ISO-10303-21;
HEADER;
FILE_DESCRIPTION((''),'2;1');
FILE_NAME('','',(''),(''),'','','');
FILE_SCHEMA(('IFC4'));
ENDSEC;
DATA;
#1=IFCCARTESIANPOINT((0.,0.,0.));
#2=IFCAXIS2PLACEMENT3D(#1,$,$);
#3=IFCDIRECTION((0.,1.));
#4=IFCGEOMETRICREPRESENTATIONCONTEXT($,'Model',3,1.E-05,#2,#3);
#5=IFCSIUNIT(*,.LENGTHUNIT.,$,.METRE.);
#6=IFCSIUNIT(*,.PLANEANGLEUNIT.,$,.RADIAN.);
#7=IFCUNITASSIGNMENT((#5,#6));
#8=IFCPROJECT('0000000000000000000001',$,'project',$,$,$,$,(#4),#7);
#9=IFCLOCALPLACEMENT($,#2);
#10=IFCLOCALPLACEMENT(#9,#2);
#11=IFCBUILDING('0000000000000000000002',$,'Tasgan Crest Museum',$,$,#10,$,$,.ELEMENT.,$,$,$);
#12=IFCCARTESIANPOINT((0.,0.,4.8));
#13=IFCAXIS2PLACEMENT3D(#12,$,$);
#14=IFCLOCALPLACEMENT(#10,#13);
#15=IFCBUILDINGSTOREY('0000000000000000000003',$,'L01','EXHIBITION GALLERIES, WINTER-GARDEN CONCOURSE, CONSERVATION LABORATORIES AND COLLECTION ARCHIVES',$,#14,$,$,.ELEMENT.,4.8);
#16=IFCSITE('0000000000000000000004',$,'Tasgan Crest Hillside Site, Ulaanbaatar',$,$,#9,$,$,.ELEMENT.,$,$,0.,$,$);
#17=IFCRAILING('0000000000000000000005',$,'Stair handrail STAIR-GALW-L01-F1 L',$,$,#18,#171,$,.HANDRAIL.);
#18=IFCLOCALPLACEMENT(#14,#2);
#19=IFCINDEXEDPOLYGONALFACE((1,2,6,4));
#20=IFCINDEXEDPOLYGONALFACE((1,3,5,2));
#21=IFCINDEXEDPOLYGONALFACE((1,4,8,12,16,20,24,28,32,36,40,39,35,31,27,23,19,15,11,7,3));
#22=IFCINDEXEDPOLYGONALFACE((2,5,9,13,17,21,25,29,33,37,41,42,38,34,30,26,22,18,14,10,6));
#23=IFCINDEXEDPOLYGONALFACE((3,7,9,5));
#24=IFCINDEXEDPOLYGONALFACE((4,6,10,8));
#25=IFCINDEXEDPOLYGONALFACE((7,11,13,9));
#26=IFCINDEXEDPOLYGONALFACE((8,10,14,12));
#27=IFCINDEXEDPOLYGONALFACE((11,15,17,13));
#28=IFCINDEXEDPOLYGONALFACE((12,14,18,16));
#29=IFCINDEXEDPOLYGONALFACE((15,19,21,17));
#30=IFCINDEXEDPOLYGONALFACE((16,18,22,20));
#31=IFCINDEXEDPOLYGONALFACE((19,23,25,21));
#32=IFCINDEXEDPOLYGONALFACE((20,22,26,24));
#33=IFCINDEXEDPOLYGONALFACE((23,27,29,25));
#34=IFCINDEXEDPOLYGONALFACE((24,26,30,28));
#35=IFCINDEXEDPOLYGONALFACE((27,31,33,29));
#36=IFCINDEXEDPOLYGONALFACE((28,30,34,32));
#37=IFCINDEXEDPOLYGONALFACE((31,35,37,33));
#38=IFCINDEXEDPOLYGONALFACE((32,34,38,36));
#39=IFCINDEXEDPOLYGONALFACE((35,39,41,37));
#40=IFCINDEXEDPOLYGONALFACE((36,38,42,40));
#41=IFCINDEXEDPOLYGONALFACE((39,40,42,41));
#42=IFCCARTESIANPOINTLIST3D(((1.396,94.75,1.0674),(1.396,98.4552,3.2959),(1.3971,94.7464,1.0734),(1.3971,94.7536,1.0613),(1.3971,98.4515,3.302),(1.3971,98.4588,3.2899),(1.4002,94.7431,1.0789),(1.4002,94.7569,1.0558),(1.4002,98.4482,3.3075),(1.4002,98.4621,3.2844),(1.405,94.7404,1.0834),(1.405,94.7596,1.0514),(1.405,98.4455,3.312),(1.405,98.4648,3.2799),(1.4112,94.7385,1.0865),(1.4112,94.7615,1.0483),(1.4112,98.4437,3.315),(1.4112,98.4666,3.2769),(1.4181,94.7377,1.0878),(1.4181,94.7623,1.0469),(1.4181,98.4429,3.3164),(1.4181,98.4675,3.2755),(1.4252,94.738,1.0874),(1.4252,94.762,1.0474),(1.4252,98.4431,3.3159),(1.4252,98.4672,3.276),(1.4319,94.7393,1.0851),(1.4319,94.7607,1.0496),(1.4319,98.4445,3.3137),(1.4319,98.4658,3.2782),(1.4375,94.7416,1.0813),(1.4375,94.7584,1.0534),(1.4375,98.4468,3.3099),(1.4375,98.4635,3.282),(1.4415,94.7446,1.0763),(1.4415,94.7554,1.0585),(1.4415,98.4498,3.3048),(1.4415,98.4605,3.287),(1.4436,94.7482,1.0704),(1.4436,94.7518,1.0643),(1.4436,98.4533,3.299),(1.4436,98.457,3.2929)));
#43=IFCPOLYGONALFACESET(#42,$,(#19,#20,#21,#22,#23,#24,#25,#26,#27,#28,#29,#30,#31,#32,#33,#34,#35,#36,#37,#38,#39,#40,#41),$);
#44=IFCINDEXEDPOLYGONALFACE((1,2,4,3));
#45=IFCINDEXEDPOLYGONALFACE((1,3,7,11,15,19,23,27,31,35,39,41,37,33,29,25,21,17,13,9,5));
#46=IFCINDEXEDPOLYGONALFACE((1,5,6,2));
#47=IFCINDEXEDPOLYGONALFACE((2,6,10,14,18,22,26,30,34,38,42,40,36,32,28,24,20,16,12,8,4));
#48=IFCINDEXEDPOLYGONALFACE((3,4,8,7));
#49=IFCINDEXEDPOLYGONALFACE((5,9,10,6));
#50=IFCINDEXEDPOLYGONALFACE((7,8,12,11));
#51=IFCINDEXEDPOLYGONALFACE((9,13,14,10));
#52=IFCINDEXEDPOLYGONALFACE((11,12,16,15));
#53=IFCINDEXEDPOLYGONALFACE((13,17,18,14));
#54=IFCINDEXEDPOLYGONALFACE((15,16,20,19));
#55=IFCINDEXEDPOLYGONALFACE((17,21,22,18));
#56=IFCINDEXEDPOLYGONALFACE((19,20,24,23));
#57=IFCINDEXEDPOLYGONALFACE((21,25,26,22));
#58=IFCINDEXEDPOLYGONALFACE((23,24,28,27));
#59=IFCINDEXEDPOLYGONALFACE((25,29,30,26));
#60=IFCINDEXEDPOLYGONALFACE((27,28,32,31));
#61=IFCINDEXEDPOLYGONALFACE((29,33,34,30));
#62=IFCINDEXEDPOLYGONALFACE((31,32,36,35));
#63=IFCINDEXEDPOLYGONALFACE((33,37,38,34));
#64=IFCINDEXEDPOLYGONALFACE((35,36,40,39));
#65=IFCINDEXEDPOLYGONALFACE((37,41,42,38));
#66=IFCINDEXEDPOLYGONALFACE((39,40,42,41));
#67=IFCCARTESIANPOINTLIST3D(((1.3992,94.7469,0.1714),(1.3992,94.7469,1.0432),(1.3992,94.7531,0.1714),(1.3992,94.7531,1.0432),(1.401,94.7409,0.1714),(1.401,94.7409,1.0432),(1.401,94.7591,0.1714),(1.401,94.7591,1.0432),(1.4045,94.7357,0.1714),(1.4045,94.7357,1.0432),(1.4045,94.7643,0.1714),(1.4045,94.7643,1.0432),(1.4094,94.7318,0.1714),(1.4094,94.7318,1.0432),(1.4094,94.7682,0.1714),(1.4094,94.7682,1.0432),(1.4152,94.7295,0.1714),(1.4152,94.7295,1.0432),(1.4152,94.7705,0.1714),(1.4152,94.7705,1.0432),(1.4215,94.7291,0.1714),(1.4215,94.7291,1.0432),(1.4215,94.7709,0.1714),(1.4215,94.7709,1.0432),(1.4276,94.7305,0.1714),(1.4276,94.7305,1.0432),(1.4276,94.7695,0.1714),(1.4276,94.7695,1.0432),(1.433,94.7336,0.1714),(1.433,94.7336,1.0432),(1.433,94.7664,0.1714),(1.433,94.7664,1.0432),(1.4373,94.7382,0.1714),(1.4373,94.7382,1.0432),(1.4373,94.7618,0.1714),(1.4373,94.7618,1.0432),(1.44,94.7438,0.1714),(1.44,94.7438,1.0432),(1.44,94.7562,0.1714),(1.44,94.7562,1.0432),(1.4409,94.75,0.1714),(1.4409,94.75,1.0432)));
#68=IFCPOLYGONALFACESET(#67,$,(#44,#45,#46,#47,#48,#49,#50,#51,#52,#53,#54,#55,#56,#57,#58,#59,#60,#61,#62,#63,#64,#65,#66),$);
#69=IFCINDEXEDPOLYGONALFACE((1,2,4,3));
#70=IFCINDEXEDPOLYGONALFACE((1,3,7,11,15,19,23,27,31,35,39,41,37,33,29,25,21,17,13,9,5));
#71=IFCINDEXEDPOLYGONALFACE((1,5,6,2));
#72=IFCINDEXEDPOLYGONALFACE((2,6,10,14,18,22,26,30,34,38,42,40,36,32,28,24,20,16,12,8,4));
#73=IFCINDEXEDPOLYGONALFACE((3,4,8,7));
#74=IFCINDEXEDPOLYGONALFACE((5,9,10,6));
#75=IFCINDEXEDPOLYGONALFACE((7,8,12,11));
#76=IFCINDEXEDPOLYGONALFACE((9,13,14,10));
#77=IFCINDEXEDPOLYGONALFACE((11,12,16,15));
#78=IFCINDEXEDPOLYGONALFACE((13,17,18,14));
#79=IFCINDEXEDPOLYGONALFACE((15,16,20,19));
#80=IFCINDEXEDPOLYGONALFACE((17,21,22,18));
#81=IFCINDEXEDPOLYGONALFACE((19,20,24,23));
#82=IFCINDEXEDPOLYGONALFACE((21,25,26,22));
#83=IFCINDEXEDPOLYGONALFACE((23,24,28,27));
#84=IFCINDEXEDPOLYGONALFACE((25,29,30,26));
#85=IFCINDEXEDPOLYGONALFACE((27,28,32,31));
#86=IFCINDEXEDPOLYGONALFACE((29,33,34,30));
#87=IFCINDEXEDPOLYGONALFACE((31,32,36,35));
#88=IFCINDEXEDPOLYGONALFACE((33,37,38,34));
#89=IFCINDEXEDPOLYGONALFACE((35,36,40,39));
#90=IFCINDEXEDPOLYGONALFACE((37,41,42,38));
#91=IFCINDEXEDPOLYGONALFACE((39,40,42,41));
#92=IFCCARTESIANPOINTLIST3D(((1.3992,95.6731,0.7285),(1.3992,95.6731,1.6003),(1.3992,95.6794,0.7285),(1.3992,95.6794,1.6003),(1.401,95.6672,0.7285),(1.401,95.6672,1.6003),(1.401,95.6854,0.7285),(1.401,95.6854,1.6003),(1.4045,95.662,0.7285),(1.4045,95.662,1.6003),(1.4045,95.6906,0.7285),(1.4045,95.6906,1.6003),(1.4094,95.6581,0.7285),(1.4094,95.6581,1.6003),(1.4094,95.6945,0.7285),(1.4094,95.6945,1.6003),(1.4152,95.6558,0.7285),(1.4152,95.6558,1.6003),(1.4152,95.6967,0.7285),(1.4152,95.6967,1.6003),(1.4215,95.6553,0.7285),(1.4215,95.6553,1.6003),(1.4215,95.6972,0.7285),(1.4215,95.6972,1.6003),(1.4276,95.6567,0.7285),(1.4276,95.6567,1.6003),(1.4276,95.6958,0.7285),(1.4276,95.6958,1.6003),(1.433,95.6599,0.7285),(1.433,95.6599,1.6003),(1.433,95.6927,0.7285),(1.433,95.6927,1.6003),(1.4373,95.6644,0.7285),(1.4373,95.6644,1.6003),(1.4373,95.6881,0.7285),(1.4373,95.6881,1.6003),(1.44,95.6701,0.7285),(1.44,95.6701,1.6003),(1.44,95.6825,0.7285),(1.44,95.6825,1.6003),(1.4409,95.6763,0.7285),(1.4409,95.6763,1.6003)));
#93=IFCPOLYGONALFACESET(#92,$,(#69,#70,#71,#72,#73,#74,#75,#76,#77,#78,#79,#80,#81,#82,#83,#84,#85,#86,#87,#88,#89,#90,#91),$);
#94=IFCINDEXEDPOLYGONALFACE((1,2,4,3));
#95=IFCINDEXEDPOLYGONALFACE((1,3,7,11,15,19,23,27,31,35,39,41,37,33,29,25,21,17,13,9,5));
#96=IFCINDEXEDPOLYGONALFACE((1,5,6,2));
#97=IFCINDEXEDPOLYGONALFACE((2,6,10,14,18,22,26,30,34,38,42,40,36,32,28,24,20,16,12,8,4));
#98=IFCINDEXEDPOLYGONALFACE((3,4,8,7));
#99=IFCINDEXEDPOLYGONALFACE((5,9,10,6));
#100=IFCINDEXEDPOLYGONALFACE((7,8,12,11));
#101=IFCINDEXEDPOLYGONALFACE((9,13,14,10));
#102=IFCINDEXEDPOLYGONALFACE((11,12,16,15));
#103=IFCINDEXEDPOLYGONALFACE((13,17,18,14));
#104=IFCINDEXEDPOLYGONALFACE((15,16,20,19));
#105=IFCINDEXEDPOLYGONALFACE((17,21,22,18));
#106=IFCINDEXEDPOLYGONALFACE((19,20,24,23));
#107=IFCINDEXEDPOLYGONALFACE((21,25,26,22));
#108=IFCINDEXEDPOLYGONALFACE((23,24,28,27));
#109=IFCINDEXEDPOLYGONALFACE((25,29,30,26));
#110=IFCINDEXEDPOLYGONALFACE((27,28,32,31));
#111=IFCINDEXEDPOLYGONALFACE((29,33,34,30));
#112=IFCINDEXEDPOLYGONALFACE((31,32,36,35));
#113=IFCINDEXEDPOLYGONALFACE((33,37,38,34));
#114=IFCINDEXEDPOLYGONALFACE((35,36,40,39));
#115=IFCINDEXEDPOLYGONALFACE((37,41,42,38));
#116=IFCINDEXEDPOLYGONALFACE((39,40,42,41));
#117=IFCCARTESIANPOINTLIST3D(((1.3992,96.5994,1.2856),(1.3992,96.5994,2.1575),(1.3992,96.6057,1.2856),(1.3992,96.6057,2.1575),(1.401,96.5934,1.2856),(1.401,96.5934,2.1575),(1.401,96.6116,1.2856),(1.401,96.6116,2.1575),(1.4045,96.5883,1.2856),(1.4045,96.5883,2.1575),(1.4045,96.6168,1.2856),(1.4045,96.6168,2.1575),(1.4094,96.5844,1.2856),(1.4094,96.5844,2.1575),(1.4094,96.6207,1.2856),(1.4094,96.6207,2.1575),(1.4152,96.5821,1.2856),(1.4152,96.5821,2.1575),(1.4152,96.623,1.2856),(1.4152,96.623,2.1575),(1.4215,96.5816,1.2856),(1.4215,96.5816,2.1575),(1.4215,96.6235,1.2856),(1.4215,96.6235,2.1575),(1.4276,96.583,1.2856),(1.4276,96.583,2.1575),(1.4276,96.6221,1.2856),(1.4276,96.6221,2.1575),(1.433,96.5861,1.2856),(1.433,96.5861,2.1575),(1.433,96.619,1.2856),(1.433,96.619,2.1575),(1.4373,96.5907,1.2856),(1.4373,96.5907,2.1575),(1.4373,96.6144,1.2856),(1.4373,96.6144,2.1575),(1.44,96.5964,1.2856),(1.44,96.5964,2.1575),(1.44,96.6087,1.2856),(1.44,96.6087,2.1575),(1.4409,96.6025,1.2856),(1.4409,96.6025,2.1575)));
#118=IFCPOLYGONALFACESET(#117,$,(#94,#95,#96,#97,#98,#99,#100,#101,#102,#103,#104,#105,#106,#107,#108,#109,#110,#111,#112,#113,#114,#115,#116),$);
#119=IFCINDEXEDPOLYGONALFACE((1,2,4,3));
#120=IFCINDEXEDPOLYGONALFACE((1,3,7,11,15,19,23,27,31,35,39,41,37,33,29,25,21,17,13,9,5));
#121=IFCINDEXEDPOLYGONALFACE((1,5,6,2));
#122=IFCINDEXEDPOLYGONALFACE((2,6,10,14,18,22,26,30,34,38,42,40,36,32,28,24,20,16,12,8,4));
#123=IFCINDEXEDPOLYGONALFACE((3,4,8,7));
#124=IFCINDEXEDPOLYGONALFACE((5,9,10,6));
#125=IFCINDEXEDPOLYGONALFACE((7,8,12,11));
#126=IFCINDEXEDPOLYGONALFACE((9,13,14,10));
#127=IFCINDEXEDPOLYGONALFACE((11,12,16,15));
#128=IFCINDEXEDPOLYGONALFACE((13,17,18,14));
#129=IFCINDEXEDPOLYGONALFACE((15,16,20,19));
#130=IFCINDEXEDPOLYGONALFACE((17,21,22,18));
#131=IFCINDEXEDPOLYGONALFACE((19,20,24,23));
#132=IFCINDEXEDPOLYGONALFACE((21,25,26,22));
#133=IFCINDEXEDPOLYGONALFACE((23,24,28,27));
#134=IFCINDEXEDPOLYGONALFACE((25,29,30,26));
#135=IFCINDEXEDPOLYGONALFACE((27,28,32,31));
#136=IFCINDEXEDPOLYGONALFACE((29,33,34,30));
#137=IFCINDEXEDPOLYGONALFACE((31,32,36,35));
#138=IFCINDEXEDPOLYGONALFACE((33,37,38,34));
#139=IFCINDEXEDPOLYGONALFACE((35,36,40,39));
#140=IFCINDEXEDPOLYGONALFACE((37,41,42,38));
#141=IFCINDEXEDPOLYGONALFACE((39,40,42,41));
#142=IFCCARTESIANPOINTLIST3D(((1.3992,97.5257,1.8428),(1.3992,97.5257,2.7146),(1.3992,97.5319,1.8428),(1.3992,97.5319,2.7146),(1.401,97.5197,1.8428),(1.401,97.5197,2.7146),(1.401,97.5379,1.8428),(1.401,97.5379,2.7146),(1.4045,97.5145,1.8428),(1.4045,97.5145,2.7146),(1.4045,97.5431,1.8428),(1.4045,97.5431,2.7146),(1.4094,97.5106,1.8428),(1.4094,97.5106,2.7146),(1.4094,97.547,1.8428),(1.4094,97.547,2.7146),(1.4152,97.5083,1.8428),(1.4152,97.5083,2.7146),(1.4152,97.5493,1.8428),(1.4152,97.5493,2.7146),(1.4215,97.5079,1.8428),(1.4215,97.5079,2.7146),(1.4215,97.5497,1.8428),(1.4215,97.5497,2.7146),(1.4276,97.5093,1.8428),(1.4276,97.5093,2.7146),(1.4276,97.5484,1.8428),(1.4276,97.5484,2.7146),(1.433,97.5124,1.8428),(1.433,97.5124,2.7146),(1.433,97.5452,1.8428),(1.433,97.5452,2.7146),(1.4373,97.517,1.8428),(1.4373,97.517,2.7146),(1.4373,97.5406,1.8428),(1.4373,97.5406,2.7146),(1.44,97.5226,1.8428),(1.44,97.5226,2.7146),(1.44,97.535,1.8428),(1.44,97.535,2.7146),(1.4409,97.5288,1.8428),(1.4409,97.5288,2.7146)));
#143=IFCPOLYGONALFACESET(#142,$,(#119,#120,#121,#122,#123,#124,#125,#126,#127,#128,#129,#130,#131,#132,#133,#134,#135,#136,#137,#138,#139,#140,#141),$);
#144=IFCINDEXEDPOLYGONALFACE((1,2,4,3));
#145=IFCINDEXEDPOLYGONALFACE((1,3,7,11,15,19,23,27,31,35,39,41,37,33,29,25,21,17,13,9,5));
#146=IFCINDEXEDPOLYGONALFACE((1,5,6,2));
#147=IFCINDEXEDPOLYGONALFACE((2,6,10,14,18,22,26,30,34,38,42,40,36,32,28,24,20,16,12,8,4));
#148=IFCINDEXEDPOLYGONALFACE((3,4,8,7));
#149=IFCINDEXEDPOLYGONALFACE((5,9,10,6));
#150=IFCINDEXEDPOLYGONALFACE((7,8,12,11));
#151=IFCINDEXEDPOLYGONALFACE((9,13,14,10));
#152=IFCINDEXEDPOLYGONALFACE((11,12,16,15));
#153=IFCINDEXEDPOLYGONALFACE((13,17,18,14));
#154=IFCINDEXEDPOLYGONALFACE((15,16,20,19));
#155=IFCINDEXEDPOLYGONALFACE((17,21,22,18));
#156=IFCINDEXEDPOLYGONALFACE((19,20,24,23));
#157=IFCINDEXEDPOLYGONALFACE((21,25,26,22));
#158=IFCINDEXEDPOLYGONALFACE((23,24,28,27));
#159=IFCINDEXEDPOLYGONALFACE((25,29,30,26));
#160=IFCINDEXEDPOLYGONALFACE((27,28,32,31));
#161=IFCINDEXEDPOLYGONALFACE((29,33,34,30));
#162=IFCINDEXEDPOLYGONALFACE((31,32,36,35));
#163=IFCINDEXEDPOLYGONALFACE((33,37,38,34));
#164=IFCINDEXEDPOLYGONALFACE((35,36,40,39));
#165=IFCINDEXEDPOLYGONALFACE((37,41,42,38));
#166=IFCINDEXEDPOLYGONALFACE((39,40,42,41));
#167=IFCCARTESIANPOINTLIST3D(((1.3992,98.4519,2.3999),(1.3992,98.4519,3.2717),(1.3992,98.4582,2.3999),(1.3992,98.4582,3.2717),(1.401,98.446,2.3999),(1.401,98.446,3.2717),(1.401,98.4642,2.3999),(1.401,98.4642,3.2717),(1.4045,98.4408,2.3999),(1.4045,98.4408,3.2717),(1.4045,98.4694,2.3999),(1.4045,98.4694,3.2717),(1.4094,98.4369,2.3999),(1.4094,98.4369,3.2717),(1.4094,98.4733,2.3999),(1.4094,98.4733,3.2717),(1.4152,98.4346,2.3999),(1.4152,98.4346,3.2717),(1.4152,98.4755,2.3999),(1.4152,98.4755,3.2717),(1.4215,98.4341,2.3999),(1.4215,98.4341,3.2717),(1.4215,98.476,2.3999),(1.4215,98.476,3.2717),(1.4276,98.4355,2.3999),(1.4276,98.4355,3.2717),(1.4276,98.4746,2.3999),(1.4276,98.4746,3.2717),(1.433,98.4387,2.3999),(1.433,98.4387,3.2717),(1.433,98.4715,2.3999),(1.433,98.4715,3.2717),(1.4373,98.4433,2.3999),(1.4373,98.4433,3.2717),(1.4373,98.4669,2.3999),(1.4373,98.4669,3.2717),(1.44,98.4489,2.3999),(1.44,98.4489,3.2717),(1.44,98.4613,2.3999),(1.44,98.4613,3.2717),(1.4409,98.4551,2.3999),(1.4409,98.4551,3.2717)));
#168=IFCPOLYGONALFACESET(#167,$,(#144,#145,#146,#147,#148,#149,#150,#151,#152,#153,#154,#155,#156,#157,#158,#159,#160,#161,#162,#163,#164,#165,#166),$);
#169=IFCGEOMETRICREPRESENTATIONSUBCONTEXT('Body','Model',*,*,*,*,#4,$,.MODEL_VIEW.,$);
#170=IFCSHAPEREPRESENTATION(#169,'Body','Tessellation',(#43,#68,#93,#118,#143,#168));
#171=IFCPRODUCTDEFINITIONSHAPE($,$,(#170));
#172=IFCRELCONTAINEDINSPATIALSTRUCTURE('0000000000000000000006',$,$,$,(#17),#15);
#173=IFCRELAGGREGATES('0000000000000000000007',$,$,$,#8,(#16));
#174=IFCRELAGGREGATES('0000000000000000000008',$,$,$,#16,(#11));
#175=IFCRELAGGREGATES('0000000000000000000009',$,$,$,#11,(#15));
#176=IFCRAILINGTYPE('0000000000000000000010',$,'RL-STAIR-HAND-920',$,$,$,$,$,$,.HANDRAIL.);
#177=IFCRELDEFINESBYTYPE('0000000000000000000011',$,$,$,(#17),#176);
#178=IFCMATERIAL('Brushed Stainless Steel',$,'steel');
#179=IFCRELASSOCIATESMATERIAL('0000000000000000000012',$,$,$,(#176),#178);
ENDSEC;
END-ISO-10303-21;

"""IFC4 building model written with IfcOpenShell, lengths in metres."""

from ifc_helpers import new_model, si_unit, direction, frame, origin, origin_2d, place, context, subcontext, project, spatial, circle, extrude, material, type_object, element, save


model = new_model("IFC4")

# Units and contexts
model_context = context("Model", 3, precision=1e-05, world=origin(), true_north=direction((0.0, 1.0)))
body_context = subcontext(model_context, "Body", "Model", "MODEL_VIEW")
ifc_project = project(units=[si_unit("LENGTHUNIT", "METRE"), si_unit("PLANEANGLEUNIT", "RADIAN")], contexts=[model_context])

# Site, building, storey
site_placement = place(None, origin())
site = spatial("IfcSite", under=ifc_project, at=site_placement, Name="Tasgan Crest Hillside Site, Ulaanbaatar", CompositionType="ELEMENT", RefElevation=0.0)
building_placement = place(site_placement, origin())
building = spatial("IfcBuilding", under=site, at=building_placement, Name="Tasgan Crest Museum", CompositionType="ELEMENT")
storey_placement = place(building_placement, frame((0.0, 0.0, 4.8)))
storey = spatial("IfcBuildingStorey", under=building, at=storey_placement, Name="L01", Description="EXHIBITION GALLERIES, WINTER-GARDEN CONCOURSE, CONSERVATION LABORATORIES AND COLLECTION ARCHIVES", CompositionType="ELEMENT", Elevation=4.8)

# Railing
ifc_material_1 = material(Name="Brushed Stainless Steel", Category="steel")
railing_type_1 = type_object("IfcRailingType", Name="RL-STAIR-HAND-920", PredefinedType="HANDRAIL", material=ifc_material_1)
for number, where, name in (
    (1, (1.4199, 94.75, 0.1714), "Stair handrail STAIR-GALW-L01-F1 L"),
):
    element("IfcRailing", number, at=place(storey_placement, frame(where)), inside=storey, type_object=railing_type_1, Name=name, PredefinedType="HANDRAIL", context=body_context, shape_type="SweptSolid", body=[
        extrude(circle(Radius=0.0239, at=origin_2d()), frame((0.0, 0.0, 0.896), z_axis=(0.0, 0.856934, 0.515425), x_axis=(-1.0, 0.0, 0.0)), (0.0, 0.0, 1.0), 4.3237),
        extrude(circle(Radius=0.021, at=origin_2d()), origin(), (0.0, 0.0, 1.0), 0.8718),
        extrude(circle(Radius=0.021, at=origin_2d()), frame((0.0, 0.9263, 0.5571)), (0.0, 0.0, 1.0), 0.8718),
        extrude(circle(Radius=0.021, at=origin_2d()), frame((0.0, 1.8525, 1.1143)), (0.0, 0.0, 1.0), 0.8718),
        extrude(circle(Radius=0.021, at=origin_2d()), frame((0.0, 2.7788, 1.6714)), (0.0, 0.0, 1.0), 0.8718),
        extrude(circle(Radius=0.021, at=origin_2d()), frame((0.0, 3.7051, 2.2285)), (0.0, 0.0, 1.0), 0.8718),
    ])

save(model, "model.ifc")
